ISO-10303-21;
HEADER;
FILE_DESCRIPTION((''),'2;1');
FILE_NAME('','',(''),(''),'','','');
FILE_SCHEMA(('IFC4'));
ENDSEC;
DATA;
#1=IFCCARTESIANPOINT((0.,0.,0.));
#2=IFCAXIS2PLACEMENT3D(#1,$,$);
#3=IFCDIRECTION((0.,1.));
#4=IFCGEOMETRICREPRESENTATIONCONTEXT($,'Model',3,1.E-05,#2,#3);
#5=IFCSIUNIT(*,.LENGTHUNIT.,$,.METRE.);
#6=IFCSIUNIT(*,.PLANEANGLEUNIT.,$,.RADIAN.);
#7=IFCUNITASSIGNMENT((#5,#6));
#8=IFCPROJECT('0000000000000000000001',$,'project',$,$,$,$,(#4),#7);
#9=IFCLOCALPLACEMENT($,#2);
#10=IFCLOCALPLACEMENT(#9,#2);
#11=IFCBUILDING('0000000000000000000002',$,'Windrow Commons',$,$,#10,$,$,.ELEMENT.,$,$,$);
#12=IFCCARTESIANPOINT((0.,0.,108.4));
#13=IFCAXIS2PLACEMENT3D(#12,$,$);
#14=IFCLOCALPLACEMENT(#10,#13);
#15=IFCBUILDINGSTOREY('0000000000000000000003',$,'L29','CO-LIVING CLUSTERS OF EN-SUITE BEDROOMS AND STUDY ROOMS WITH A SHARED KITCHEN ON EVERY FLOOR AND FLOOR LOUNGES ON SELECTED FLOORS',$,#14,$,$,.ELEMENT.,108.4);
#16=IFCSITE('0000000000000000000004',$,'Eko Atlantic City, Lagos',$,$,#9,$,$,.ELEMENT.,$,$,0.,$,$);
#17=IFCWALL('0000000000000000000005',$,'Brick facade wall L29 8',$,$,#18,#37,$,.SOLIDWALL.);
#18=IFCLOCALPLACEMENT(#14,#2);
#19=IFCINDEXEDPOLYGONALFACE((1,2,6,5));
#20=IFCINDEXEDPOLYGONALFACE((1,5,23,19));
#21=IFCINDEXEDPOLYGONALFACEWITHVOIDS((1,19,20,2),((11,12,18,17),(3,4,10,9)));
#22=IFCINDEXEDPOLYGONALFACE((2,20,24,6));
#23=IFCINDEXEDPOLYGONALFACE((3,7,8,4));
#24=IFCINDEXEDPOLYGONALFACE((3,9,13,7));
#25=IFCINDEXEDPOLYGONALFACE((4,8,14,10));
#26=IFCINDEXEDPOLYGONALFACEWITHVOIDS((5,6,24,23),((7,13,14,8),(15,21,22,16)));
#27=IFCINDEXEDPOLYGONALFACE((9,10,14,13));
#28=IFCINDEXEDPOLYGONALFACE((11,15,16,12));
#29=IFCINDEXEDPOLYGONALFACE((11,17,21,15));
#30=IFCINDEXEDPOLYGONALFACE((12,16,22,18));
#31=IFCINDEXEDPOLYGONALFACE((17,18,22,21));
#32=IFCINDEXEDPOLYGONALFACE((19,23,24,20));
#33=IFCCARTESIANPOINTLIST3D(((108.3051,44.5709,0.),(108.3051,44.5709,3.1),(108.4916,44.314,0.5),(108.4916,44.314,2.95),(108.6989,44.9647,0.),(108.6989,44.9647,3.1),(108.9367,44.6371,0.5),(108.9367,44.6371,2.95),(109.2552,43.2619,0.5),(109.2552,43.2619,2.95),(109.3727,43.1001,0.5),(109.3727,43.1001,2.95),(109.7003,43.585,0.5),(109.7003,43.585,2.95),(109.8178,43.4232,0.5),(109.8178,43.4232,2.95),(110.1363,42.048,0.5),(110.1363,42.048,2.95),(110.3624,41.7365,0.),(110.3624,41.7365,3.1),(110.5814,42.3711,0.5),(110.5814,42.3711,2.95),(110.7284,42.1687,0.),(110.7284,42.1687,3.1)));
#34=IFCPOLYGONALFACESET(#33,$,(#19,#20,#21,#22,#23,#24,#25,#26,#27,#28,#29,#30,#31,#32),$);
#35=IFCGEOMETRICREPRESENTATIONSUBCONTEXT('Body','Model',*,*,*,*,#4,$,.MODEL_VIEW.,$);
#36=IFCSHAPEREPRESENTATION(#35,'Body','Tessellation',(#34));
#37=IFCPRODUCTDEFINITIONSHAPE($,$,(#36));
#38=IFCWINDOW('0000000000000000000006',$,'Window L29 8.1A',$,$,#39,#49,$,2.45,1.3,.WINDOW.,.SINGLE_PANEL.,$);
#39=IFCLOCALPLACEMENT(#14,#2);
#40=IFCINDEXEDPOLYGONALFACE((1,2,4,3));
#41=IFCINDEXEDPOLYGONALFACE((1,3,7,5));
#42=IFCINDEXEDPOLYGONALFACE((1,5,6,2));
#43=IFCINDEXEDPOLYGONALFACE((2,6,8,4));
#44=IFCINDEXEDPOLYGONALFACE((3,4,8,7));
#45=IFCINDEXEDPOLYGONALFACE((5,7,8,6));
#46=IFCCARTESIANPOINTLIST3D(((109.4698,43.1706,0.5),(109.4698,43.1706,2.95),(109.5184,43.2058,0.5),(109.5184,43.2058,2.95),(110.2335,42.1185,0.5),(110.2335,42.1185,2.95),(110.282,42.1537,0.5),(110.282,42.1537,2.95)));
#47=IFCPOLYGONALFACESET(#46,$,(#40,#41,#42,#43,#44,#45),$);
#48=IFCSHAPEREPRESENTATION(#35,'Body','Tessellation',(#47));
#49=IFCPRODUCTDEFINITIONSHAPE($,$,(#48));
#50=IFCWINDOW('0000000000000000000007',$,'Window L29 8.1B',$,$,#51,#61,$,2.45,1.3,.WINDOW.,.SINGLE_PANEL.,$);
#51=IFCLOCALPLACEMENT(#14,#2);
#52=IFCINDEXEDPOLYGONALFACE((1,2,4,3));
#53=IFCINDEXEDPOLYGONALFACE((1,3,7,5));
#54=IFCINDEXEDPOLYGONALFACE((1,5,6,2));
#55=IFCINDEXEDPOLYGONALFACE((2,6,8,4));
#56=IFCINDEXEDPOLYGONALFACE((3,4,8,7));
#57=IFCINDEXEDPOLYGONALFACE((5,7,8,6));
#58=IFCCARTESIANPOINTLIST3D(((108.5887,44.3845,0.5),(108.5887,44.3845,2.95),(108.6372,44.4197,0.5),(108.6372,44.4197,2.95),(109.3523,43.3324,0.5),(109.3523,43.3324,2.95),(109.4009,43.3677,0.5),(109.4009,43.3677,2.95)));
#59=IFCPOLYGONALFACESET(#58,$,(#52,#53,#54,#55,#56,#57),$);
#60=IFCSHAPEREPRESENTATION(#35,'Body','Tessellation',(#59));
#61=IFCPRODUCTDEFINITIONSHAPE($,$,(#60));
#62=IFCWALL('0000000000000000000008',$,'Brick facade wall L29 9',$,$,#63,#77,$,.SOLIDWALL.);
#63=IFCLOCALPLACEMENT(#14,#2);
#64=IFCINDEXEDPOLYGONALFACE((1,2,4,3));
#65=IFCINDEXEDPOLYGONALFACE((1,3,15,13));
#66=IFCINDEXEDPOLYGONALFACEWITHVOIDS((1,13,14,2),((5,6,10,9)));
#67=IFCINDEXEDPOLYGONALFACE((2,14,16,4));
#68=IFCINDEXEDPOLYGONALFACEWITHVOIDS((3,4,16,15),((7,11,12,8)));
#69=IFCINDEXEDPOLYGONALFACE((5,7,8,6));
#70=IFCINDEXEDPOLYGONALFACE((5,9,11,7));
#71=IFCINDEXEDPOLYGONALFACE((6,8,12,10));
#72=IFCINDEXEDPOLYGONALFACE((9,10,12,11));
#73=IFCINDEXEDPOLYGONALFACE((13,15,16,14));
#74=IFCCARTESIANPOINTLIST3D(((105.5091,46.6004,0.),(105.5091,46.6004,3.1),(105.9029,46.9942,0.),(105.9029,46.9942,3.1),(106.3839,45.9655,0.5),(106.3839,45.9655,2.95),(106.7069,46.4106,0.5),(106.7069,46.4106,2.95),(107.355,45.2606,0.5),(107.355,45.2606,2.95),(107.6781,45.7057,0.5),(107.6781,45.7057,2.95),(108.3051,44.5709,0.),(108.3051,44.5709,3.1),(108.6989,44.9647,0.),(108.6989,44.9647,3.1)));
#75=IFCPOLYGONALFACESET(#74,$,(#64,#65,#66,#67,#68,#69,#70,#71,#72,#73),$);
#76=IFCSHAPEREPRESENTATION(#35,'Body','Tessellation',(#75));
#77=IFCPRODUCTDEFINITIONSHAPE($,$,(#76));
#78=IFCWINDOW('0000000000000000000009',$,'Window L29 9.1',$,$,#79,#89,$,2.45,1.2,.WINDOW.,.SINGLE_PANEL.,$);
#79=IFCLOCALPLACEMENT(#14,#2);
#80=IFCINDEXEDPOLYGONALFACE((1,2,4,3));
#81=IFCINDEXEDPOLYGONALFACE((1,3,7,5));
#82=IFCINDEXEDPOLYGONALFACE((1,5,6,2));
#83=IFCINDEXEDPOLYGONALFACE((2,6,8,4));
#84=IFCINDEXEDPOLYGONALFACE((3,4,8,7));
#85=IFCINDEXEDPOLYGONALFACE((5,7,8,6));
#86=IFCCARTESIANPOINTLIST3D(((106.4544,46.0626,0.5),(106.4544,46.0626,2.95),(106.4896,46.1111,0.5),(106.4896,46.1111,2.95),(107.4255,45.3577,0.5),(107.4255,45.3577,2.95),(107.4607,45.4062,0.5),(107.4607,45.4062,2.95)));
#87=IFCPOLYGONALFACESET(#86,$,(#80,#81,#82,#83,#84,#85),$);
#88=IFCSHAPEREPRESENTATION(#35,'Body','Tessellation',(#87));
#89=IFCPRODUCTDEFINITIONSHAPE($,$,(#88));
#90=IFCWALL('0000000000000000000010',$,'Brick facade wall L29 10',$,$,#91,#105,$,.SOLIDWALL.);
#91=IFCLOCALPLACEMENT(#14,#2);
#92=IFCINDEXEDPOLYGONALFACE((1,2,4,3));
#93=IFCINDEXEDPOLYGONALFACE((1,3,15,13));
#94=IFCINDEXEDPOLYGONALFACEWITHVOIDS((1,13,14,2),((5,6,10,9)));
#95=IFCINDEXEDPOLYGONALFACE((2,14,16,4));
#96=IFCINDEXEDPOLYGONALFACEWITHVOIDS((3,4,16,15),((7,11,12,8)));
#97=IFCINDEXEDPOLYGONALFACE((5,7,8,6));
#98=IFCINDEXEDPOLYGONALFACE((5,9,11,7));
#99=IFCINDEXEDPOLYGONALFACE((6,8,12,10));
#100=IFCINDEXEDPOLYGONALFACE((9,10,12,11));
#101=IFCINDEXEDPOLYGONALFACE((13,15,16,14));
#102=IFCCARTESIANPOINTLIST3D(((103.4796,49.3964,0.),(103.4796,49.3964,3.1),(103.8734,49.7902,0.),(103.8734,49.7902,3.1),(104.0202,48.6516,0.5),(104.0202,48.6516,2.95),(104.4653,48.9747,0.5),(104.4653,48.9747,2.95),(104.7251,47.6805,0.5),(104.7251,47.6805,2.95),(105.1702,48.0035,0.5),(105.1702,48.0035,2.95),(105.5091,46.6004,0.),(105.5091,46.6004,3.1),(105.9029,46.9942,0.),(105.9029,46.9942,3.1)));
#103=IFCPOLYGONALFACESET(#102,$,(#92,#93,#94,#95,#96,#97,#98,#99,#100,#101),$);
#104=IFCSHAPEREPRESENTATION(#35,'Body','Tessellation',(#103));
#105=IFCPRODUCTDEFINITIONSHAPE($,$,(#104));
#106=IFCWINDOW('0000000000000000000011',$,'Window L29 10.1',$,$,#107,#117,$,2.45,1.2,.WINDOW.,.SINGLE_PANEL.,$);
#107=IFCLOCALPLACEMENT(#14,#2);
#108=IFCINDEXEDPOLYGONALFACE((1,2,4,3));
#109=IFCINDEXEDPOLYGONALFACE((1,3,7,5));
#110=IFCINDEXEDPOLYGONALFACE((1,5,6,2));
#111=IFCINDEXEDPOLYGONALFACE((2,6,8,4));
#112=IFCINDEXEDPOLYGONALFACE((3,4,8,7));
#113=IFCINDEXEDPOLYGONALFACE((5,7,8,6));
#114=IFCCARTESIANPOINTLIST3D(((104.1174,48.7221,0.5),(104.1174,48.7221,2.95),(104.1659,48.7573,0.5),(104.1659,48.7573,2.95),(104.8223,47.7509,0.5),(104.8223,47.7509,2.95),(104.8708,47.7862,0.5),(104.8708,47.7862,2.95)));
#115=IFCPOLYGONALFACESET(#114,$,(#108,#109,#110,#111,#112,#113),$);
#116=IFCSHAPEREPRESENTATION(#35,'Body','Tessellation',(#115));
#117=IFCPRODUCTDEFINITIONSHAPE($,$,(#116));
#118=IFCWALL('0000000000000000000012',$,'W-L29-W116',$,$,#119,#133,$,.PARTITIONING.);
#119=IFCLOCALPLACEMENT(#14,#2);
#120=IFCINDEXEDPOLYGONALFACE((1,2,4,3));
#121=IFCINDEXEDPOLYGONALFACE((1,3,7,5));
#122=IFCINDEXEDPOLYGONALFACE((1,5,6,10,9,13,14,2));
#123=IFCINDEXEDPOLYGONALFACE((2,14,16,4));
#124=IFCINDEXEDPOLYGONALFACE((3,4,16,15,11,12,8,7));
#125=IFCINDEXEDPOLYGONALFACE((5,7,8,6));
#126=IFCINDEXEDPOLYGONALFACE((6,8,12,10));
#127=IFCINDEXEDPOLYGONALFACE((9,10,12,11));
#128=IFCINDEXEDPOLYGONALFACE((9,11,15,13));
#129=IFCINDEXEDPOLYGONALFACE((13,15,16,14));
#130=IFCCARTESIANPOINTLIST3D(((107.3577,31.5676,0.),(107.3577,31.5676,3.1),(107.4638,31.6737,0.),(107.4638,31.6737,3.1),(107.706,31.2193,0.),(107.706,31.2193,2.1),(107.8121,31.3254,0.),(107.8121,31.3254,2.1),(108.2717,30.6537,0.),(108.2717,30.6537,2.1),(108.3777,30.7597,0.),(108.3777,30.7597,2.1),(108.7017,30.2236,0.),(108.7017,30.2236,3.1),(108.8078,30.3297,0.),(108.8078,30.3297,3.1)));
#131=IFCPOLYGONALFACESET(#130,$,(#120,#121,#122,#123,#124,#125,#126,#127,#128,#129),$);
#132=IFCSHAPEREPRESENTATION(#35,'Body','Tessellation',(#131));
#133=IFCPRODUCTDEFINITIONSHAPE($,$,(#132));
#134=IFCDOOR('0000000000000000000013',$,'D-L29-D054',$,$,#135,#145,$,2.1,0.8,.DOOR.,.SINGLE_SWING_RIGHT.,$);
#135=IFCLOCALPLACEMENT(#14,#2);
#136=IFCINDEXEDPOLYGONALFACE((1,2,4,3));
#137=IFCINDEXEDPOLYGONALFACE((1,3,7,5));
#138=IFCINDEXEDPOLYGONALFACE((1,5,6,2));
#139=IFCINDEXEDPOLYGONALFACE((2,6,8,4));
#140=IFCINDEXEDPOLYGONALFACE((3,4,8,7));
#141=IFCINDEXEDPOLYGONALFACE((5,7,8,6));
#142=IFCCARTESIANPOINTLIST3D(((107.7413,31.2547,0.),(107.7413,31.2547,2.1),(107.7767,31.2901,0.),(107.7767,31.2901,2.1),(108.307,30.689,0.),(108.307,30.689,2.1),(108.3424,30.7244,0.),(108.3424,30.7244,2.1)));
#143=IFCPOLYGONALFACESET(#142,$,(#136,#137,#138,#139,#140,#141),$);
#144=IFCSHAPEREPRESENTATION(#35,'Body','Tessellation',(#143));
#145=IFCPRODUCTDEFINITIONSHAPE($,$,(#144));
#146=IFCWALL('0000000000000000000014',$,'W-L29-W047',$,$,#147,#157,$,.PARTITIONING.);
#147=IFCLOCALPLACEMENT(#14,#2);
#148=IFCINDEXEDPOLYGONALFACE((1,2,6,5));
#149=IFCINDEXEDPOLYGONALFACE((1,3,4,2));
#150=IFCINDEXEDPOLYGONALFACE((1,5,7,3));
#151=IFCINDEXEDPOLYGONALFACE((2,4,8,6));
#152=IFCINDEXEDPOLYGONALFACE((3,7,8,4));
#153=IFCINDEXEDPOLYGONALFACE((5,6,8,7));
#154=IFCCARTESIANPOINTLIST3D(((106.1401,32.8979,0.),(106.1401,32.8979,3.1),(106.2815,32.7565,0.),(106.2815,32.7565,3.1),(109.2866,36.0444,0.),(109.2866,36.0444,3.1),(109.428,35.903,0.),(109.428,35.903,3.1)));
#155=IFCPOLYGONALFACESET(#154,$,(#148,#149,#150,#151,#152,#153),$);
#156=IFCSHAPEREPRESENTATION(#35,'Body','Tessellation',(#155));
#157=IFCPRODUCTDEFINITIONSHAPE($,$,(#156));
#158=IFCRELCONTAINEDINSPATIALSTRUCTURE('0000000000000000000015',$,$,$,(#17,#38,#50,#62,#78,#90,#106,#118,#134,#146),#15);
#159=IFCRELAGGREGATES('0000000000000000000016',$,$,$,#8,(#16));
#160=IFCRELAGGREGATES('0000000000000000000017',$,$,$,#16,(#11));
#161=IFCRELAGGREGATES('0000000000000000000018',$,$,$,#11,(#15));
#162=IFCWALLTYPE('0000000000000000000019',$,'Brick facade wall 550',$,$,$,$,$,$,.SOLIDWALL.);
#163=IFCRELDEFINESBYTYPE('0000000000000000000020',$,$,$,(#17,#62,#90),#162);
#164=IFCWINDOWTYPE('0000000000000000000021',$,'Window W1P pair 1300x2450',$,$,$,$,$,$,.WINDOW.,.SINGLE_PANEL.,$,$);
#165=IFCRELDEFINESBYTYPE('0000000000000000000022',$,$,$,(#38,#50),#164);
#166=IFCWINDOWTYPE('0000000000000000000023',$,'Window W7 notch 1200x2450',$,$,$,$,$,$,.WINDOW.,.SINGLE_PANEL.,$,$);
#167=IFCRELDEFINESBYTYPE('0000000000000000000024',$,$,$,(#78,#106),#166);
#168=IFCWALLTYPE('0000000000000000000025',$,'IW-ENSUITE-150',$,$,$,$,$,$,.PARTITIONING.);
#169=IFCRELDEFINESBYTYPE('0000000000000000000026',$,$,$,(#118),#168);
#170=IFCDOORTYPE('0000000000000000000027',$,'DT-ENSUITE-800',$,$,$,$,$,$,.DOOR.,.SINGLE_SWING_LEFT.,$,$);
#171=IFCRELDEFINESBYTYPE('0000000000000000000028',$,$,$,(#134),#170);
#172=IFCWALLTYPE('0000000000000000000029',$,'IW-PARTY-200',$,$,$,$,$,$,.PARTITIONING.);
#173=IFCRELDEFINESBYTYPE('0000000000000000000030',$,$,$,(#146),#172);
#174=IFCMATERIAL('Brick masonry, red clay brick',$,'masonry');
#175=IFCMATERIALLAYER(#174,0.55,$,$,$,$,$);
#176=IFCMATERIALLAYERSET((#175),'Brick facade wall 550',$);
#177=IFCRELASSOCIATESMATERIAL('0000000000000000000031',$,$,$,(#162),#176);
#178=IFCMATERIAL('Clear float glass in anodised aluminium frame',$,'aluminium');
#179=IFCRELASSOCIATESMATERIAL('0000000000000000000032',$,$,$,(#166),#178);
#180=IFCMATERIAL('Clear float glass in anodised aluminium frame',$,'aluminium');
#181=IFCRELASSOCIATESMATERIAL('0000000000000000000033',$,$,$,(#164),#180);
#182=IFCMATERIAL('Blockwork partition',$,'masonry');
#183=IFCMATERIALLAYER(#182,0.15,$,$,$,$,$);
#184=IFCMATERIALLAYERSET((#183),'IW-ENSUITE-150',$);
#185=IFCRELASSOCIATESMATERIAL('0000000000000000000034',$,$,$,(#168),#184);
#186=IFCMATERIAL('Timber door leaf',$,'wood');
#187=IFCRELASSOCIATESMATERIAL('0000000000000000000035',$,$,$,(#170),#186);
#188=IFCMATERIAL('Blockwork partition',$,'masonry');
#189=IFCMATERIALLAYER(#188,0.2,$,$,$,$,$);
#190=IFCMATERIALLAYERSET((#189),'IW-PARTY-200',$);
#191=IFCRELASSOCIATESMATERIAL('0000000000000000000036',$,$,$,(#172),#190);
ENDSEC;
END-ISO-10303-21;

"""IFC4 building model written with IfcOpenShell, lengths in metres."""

from ifc_helpers import new_model, si_unit, direction, frame, frame_2d, origin, place, context, subcontext, project, spatial, polyline, rectangle, outline, extrude, material, layer, layer_set, type_object, element, fill, save


model = new_model("IFC4")

# Units and contexts
model_context = context("Model", 3, precision=1e-05, world=origin(), true_north=direction((0.0, 1.0)))
body_context = subcontext(model_context, "Body", "Model", "MODEL_VIEW")
ifc_project = project(units=[si_unit("LENGTHUNIT", "METRE"), si_unit("PLANEANGLEUNIT", "RADIAN")], contexts=[model_context])

# Site, building, storey
site_placement = place(None, origin())
site = spatial("IfcSite", under=ifc_project, at=site_placement, Name="Eko Atlantic City, Lagos", CompositionType="ELEMENT", RefElevation=0.0)
building_placement = place(site_placement, origin())
building = spatial("IfcBuilding", under=site, at=building_placement, Name="Windrow Commons", CompositionType="ELEMENT")
storey_placement = place(building_placement, frame((0.0, 0.0, 108.4)))
storey = spatial("IfcBuildingStorey", under=building, at=storey_placement, Name="L29", Description="CO-LIVING CLUSTERS OF EN-SUITE BEDROOMS AND STUDY ROOMS WITH A SHARED KITCHEN ON EVERY FLOOR AND FLOOR LOUNGES ON SELECTED FLOORS", CompositionType="ELEMENT", Elevation=108.4)

# Shared definitions
ifc_material_1 = material(Name="Brick masonry, red clay brick", Category="masonry")
ifc_layer_1 = layer(ifc_material_1, 0.55)
ifc_layer_set_1 = layer_set([ifc_layer_1], Name="Brick facade wall 550")
wall_type_1 = type_object("IfcWallType", Name="Brick facade wall 550", PredefinedType="SOLIDWALL", material=ifc_layer_set_1)
ifc_material_2 = material(Name="Clear float glass in anodised aluminium frame", Category="aluminium")
window_type_1 = type_object("IfcWindowType", Name="Window W7 notch 1200x2450", PartitioningType="SINGLE_PANEL", PredefinedType="WINDOW", material=ifc_material_2)

# Wall, openings, windows
wall_1_placement = place(storey_placement, frame((110.5454, 41.9526, 0.0), z_axis=(0.0, 0.0, 1.0), x_axis=(-0.587416, 0.809285, 0.0)))
wall_1 = element("IfcWall", 1, at=wall_1_placement, inside=storey, type_object=wall_type_1, Name="Brick facade wall L29 8", PredefinedType="SOLIDWALL", context=body_context, shape_type="SweptSolid", body=[
    extrude(outline(polyline([(0.0674, -0.275), (3.5223, -0.275), (3.4349, 0.275), (-0.0674, 0.275), (0.0674, -0.275)])), origin(), (0.0, 0.0, 1.0), 3.1),
])
opening_1_placement = place(wall_1_placement, frame((0.3175, 0.0, 0.5)))
opening_1 = element("IfcOpeningElement", 2, at=opening_1_placement, cuts=wall_1, PredefinedType="OPENING", context=body_context, shape_type="SweptSolid", body=[
    extrude(rectangle(XDim=1.3, YDim=2.45, at=frame_2d((0.65, 1.225))), frame((0.0, 0.285, 0.0), z_axis=(0.0, -1.0, 0.0), x_axis=(1.0, 0.0, 0.0)), (0.0, 0.0, 1.0), 0.57),
])
opening_2_placement = place(wall_1_placement, frame((1.8175, 0.0, 0.5)))
opening_2 = element("IfcOpeningElement", 3, at=opening_2_placement, cuts=wall_1, PredefinedType="OPENING", context=body_context, shape_type="SweptSolid", body=[
    extrude(rectangle(XDim=1.3, YDim=2.45, at=frame_2d((0.65, 1.225))), frame((0.0, 0.285, 0.0), z_axis=(0.0, -1.0, 0.0), x_axis=(1.0, 0.0, 0.0)), (0.0, 0.0, 1.0), 0.57),
])
ifc_material_3 = material(Name="Clear float glass in anodised aluminium frame", Category="aluminium")
window_type_2 = type_object("IfcWindowType", Name="Window W1P pair 1300x2450", PartitioningType="SINGLE_PANEL", PredefinedType="WINDOW", material=ifc_material_3)
window_1_placement = place(opening_1_placement, origin())
window_1 = element("IfcWindow", 4, at=window_1_placement, inside=storey, type_object=window_type_2, Name="Window L29 8.1A", OverallHeight=2.45, OverallWidth=1.3, PartitioningType="SINGLE_PANEL", PredefinedType="WINDOW", context=body_context, shape_type="SweptSolid", body=[
    extrude(rectangle(XDim=1.3, YDim=2.45, at=frame_2d((0.65, 1.225))), frame((0.0, 0.155, 0.0), z_axis=(0.0, -1.0, 0.0), x_axis=(1.0, 0.0, 0.0)), (0.0, 0.0, 1.0), 0.06),
])
fill(opening_1, window_1)
window_2_placement = place(opening_2_placement, origin())
window_2 = element("IfcWindow", 5, at=window_2_placement, inside=storey, type_object=window_type_2, Name="Window L29 8.1B", OverallHeight=2.45, OverallWidth=1.3, PartitioningType="SINGLE_PANEL", PredefinedType="WINDOW", context=body_context, shape_type="SweptSolid", body=[
    extrude(rectangle(XDim=1.3, YDim=2.45, at=frame_2d((0.65, 1.225))), frame((0.0, 0.155, 0.0), z_axis=(0.0, -1.0, 0.0), x_axis=(1.0, 0.0, 0.0)), (0.0, 0.0, 1.0), 0.06),
])
fill(opening_2, window_2)

# Walls, openings, windows
wall_2_placement = place(storey_placement, frame((108.502, 44.7678, 0.0), z_axis=(0.0, 0.0, 1.0), x_axis=(-0.80928, 0.587423, 0.0)))
wall_2 = element("IfcWall", 6, at=wall_2_placement, inside=storey, type_object=wall_type_1, Name="Brick facade wall L29 9", PredefinedType="SOLIDWALL", context=body_context, shape_type="SweptSolid", body=[
    extrude(outline(polyline([(-0.0437, -0.275), (3.4112, -0.275), (3.4986, 0.275), (0.0437, 0.275), (-0.0437, -0.275)])), origin(), (0.0, 0.0, 1.0), 3.1),
])
opening_3_placement = place(wall_2_placement, frame((1.2177, 0.0, 0.5)))
opening_3 = element("IfcOpeningElement", 7, at=opening_3_placement, cuts=wall_2, PredefinedType="OPENING", context=body_context, shape_type="SweptSolid", body=[
    extrude(rectangle(XDim=1.2, YDim=2.45, at=frame_2d((0.6, 1.225))), frame((0.0, 0.285, 0.0), z_axis=(0.0, -1.0, 0.0), x_axis=(1.0, 0.0, 0.0)), (0.0, 0.0, 1.0), 0.57),
])
window_3_placement = place(opening_3_placement, origin())
window_3 = element("IfcWindow", 8, at=window_3_placement, inside=storey, type_object=window_type_1, Name="Window L29 9.1", OverallHeight=2.45, OverallWidth=1.2, PartitioningType="SINGLE_PANEL", PredefinedType="WINDOW", context=body_context, shape_type="SweptSolid", body=[
    extrude(rectangle(XDim=1.2, YDim=2.45, at=frame_2d((0.6, 1.225))), frame((0.0, 0.155, 0.0), z_axis=(0.0, -1.0, 0.0), x_axis=(1.0, 0.0, 0.0)), (0.0, 0.0, 1.0), 0.06),
])
fill(opening_3, window_3)
wall_3_placement = place(storey_placement, frame((105.706, 46.7973, 0.0), z_axis=(0.0, 0.0, 1.0), x_axis=(-0.587423, 0.80928, 0.0)))
wall_3 = element("IfcWall", 9, at=wall_3_placement, inside=storey, type_object=wall_type_1, Name="Brick facade wall L29 10", PredefinedType="SOLIDWALL", context=body_context, shape_type="SweptSolid", body=[
    extrude(outline(polyline([(0.0437, -0.275), (3.4986, -0.275), (3.4112, 0.275), (-0.0437, 0.275), (0.0437, -0.275)])), origin(), (0.0, 0.0, 1.0), 3.1),
])
opening_4_placement = place(wall_3_placement, frame((1.2909, 0.0, 0.5)))
opening_4 = element("IfcOpeningElement", 10, at=opening_4_placement, cuts=wall_3, PredefinedType="OPENING", context=body_context, shape_type="SweptSolid", body=[
    extrude(rectangle(XDim=1.2, YDim=2.45, at=frame_2d((0.6, 1.225))), frame((0.0, 0.285, 0.0), z_axis=(0.0, -1.0, 0.0), x_axis=(1.0, 0.0, 0.0)), (0.0, 0.0, 1.0), 0.57),
])
window_4_placement = place(opening_4_placement, origin())
window_4 = element("IfcWindow", 11, at=window_4_placement, inside=storey, type_object=window_type_1, Name="Window L29 10.1", OverallHeight=2.45, OverallWidth=1.2, PartitioningType="SINGLE_PANEL", PredefinedType="WINDOW", context=body_context, shape_type="SweptSolid", body=[
    extrude(rectangle(XDim=1.2, YDim=2.45, at=frame_2d((0.6, 1.225))), frame((0.0, 0.155, 0.0), z_axis=(0.0, -1.0, 0.0), x_axis=(1.0, 0.0, 0.0)), (0.0, 0.0, 1.0), 0.06),
])
fill(opening_4, window_4)

# Wall, opening, door
ifc_material_4 = material(Name="Blockwork partition", Category="masonry")
ifc_layer_2 = layer(ifc_material_4, 0.15)
ifc_layer_set_2 = layer_set([ifc_layer_2], Name="IW-ENSUITE-150")
wall_type_2 = type_object("IfcWallType", Name="IW-ENSUITE-150", PredefinedType="PARTITIONING", material=ifc_layer_set_2)
wall_4_placement = place(storey_placement, frame((107.4107, 31.6207, 0.0), z_axis=(0.0, 0.0, 1.0), x_axis=(0.707107, -0.707107, 0.0)))
wall_4 = element("IfcWall", 12, at=wall_4_placement, inside=storey, type_object=wall_type_2, Name="W-L29-W116", PredefinedType="PARTITIONING", context=body_context, shape_type="SweptSolid", body=[
    extrude(rectangle(XDim=1.9007, YDim=0.15, at=frame_2d((0.9504, 0.0))), origin(), (0.0, 0.0, 1.0), 3.1),
])
opening_5_placement = place(wall_4_placement, frame((0.4926, 0.0, 0.0)))
opening_5 = element("IfcOpeningElement", 13, at=opening_5_placement, cuts=wall_4, PredefinedType="OPENING", context=body_context, shape_type="SweptSolid", body=[
    extrude(rectangle(XDim=0.8, YDim=2.1, at=frame_2d((0.4, 1.05))), frame((0.0, 0.085, 0.0), z_axis=(0.0, -1.0, 0.0), x_axis=(1.0, 0.0, 0.0)), (0.0, 0.0, 1.0), 0.17),
])
ifc_material_5 = material(Name="Timber door leaf", Category="wood")
door_type = type_object("IfcDoorType", Name="DT-ENSUITE-800", OperationType="SINGLE_SWING_LEFT", PredefinedType="DOOR", material=ifc_material_5)
door_placement = place(opening_5_placement, origin())
door = element("IfcDoor", 14, at=door_placement, inside=storey, type_object=door_type, Name="D-L29-D054", OperationType="SINGLE_SWING_RIGHT", OverallHeight=2.1, OverallWidth=0.8, PredefinedType="DOOR", context=body_context, shape_type="SweptSolid", body=[
    extrude(rectangle(XDim=0.8, YDim=2.1, at=frame_2d((0.4, 1.05))), frame((0.0, 0.025, 0.0), z_axis=(0.0, -1.0, 0.0), x_axis=(1.0, 0.0, 0.0)), (0.0, 0.0, 1.0), 0.05),
])
fill(opening_5, door)

# Wall
ifc_material_6 = material(Name="Blockwork partition", Category="masonry")
ifc_layer_3 = layer(ifc_material_6, 0.2)
ifc_layer_set_3 = layer_set([ifc_layer_3], Name="IW-PARTY-200")
wall_type_3 = type_object("IfcWallType", Name="IW-PARTY-200", PredefinedType="PARTITIONING", material=ifc_layer_set_3)
wall_5_placement = place(storey_placement, frame((106.2108, 32.8272, 0.0), z_axis=(0.0, 0.0, 1.0), x_axis=(0.707107, 0.707107, 0.0)))
element("IfcWall", 15, at=wall_5_placement, inside=storey, type_object=wall_type_3, Name="W-L29-W047", PredefinedType="PARTITIONING", context=body_context, shape_type="SweptSolid", body=[
    extrude(rectangle(XDim=4.4498, YDim=0.2, at=frame_2d((2.2249, 0.0))), origin(), (0.0, 0.0, 1.0), 3.1),
])

save(model, "model.ifc")
